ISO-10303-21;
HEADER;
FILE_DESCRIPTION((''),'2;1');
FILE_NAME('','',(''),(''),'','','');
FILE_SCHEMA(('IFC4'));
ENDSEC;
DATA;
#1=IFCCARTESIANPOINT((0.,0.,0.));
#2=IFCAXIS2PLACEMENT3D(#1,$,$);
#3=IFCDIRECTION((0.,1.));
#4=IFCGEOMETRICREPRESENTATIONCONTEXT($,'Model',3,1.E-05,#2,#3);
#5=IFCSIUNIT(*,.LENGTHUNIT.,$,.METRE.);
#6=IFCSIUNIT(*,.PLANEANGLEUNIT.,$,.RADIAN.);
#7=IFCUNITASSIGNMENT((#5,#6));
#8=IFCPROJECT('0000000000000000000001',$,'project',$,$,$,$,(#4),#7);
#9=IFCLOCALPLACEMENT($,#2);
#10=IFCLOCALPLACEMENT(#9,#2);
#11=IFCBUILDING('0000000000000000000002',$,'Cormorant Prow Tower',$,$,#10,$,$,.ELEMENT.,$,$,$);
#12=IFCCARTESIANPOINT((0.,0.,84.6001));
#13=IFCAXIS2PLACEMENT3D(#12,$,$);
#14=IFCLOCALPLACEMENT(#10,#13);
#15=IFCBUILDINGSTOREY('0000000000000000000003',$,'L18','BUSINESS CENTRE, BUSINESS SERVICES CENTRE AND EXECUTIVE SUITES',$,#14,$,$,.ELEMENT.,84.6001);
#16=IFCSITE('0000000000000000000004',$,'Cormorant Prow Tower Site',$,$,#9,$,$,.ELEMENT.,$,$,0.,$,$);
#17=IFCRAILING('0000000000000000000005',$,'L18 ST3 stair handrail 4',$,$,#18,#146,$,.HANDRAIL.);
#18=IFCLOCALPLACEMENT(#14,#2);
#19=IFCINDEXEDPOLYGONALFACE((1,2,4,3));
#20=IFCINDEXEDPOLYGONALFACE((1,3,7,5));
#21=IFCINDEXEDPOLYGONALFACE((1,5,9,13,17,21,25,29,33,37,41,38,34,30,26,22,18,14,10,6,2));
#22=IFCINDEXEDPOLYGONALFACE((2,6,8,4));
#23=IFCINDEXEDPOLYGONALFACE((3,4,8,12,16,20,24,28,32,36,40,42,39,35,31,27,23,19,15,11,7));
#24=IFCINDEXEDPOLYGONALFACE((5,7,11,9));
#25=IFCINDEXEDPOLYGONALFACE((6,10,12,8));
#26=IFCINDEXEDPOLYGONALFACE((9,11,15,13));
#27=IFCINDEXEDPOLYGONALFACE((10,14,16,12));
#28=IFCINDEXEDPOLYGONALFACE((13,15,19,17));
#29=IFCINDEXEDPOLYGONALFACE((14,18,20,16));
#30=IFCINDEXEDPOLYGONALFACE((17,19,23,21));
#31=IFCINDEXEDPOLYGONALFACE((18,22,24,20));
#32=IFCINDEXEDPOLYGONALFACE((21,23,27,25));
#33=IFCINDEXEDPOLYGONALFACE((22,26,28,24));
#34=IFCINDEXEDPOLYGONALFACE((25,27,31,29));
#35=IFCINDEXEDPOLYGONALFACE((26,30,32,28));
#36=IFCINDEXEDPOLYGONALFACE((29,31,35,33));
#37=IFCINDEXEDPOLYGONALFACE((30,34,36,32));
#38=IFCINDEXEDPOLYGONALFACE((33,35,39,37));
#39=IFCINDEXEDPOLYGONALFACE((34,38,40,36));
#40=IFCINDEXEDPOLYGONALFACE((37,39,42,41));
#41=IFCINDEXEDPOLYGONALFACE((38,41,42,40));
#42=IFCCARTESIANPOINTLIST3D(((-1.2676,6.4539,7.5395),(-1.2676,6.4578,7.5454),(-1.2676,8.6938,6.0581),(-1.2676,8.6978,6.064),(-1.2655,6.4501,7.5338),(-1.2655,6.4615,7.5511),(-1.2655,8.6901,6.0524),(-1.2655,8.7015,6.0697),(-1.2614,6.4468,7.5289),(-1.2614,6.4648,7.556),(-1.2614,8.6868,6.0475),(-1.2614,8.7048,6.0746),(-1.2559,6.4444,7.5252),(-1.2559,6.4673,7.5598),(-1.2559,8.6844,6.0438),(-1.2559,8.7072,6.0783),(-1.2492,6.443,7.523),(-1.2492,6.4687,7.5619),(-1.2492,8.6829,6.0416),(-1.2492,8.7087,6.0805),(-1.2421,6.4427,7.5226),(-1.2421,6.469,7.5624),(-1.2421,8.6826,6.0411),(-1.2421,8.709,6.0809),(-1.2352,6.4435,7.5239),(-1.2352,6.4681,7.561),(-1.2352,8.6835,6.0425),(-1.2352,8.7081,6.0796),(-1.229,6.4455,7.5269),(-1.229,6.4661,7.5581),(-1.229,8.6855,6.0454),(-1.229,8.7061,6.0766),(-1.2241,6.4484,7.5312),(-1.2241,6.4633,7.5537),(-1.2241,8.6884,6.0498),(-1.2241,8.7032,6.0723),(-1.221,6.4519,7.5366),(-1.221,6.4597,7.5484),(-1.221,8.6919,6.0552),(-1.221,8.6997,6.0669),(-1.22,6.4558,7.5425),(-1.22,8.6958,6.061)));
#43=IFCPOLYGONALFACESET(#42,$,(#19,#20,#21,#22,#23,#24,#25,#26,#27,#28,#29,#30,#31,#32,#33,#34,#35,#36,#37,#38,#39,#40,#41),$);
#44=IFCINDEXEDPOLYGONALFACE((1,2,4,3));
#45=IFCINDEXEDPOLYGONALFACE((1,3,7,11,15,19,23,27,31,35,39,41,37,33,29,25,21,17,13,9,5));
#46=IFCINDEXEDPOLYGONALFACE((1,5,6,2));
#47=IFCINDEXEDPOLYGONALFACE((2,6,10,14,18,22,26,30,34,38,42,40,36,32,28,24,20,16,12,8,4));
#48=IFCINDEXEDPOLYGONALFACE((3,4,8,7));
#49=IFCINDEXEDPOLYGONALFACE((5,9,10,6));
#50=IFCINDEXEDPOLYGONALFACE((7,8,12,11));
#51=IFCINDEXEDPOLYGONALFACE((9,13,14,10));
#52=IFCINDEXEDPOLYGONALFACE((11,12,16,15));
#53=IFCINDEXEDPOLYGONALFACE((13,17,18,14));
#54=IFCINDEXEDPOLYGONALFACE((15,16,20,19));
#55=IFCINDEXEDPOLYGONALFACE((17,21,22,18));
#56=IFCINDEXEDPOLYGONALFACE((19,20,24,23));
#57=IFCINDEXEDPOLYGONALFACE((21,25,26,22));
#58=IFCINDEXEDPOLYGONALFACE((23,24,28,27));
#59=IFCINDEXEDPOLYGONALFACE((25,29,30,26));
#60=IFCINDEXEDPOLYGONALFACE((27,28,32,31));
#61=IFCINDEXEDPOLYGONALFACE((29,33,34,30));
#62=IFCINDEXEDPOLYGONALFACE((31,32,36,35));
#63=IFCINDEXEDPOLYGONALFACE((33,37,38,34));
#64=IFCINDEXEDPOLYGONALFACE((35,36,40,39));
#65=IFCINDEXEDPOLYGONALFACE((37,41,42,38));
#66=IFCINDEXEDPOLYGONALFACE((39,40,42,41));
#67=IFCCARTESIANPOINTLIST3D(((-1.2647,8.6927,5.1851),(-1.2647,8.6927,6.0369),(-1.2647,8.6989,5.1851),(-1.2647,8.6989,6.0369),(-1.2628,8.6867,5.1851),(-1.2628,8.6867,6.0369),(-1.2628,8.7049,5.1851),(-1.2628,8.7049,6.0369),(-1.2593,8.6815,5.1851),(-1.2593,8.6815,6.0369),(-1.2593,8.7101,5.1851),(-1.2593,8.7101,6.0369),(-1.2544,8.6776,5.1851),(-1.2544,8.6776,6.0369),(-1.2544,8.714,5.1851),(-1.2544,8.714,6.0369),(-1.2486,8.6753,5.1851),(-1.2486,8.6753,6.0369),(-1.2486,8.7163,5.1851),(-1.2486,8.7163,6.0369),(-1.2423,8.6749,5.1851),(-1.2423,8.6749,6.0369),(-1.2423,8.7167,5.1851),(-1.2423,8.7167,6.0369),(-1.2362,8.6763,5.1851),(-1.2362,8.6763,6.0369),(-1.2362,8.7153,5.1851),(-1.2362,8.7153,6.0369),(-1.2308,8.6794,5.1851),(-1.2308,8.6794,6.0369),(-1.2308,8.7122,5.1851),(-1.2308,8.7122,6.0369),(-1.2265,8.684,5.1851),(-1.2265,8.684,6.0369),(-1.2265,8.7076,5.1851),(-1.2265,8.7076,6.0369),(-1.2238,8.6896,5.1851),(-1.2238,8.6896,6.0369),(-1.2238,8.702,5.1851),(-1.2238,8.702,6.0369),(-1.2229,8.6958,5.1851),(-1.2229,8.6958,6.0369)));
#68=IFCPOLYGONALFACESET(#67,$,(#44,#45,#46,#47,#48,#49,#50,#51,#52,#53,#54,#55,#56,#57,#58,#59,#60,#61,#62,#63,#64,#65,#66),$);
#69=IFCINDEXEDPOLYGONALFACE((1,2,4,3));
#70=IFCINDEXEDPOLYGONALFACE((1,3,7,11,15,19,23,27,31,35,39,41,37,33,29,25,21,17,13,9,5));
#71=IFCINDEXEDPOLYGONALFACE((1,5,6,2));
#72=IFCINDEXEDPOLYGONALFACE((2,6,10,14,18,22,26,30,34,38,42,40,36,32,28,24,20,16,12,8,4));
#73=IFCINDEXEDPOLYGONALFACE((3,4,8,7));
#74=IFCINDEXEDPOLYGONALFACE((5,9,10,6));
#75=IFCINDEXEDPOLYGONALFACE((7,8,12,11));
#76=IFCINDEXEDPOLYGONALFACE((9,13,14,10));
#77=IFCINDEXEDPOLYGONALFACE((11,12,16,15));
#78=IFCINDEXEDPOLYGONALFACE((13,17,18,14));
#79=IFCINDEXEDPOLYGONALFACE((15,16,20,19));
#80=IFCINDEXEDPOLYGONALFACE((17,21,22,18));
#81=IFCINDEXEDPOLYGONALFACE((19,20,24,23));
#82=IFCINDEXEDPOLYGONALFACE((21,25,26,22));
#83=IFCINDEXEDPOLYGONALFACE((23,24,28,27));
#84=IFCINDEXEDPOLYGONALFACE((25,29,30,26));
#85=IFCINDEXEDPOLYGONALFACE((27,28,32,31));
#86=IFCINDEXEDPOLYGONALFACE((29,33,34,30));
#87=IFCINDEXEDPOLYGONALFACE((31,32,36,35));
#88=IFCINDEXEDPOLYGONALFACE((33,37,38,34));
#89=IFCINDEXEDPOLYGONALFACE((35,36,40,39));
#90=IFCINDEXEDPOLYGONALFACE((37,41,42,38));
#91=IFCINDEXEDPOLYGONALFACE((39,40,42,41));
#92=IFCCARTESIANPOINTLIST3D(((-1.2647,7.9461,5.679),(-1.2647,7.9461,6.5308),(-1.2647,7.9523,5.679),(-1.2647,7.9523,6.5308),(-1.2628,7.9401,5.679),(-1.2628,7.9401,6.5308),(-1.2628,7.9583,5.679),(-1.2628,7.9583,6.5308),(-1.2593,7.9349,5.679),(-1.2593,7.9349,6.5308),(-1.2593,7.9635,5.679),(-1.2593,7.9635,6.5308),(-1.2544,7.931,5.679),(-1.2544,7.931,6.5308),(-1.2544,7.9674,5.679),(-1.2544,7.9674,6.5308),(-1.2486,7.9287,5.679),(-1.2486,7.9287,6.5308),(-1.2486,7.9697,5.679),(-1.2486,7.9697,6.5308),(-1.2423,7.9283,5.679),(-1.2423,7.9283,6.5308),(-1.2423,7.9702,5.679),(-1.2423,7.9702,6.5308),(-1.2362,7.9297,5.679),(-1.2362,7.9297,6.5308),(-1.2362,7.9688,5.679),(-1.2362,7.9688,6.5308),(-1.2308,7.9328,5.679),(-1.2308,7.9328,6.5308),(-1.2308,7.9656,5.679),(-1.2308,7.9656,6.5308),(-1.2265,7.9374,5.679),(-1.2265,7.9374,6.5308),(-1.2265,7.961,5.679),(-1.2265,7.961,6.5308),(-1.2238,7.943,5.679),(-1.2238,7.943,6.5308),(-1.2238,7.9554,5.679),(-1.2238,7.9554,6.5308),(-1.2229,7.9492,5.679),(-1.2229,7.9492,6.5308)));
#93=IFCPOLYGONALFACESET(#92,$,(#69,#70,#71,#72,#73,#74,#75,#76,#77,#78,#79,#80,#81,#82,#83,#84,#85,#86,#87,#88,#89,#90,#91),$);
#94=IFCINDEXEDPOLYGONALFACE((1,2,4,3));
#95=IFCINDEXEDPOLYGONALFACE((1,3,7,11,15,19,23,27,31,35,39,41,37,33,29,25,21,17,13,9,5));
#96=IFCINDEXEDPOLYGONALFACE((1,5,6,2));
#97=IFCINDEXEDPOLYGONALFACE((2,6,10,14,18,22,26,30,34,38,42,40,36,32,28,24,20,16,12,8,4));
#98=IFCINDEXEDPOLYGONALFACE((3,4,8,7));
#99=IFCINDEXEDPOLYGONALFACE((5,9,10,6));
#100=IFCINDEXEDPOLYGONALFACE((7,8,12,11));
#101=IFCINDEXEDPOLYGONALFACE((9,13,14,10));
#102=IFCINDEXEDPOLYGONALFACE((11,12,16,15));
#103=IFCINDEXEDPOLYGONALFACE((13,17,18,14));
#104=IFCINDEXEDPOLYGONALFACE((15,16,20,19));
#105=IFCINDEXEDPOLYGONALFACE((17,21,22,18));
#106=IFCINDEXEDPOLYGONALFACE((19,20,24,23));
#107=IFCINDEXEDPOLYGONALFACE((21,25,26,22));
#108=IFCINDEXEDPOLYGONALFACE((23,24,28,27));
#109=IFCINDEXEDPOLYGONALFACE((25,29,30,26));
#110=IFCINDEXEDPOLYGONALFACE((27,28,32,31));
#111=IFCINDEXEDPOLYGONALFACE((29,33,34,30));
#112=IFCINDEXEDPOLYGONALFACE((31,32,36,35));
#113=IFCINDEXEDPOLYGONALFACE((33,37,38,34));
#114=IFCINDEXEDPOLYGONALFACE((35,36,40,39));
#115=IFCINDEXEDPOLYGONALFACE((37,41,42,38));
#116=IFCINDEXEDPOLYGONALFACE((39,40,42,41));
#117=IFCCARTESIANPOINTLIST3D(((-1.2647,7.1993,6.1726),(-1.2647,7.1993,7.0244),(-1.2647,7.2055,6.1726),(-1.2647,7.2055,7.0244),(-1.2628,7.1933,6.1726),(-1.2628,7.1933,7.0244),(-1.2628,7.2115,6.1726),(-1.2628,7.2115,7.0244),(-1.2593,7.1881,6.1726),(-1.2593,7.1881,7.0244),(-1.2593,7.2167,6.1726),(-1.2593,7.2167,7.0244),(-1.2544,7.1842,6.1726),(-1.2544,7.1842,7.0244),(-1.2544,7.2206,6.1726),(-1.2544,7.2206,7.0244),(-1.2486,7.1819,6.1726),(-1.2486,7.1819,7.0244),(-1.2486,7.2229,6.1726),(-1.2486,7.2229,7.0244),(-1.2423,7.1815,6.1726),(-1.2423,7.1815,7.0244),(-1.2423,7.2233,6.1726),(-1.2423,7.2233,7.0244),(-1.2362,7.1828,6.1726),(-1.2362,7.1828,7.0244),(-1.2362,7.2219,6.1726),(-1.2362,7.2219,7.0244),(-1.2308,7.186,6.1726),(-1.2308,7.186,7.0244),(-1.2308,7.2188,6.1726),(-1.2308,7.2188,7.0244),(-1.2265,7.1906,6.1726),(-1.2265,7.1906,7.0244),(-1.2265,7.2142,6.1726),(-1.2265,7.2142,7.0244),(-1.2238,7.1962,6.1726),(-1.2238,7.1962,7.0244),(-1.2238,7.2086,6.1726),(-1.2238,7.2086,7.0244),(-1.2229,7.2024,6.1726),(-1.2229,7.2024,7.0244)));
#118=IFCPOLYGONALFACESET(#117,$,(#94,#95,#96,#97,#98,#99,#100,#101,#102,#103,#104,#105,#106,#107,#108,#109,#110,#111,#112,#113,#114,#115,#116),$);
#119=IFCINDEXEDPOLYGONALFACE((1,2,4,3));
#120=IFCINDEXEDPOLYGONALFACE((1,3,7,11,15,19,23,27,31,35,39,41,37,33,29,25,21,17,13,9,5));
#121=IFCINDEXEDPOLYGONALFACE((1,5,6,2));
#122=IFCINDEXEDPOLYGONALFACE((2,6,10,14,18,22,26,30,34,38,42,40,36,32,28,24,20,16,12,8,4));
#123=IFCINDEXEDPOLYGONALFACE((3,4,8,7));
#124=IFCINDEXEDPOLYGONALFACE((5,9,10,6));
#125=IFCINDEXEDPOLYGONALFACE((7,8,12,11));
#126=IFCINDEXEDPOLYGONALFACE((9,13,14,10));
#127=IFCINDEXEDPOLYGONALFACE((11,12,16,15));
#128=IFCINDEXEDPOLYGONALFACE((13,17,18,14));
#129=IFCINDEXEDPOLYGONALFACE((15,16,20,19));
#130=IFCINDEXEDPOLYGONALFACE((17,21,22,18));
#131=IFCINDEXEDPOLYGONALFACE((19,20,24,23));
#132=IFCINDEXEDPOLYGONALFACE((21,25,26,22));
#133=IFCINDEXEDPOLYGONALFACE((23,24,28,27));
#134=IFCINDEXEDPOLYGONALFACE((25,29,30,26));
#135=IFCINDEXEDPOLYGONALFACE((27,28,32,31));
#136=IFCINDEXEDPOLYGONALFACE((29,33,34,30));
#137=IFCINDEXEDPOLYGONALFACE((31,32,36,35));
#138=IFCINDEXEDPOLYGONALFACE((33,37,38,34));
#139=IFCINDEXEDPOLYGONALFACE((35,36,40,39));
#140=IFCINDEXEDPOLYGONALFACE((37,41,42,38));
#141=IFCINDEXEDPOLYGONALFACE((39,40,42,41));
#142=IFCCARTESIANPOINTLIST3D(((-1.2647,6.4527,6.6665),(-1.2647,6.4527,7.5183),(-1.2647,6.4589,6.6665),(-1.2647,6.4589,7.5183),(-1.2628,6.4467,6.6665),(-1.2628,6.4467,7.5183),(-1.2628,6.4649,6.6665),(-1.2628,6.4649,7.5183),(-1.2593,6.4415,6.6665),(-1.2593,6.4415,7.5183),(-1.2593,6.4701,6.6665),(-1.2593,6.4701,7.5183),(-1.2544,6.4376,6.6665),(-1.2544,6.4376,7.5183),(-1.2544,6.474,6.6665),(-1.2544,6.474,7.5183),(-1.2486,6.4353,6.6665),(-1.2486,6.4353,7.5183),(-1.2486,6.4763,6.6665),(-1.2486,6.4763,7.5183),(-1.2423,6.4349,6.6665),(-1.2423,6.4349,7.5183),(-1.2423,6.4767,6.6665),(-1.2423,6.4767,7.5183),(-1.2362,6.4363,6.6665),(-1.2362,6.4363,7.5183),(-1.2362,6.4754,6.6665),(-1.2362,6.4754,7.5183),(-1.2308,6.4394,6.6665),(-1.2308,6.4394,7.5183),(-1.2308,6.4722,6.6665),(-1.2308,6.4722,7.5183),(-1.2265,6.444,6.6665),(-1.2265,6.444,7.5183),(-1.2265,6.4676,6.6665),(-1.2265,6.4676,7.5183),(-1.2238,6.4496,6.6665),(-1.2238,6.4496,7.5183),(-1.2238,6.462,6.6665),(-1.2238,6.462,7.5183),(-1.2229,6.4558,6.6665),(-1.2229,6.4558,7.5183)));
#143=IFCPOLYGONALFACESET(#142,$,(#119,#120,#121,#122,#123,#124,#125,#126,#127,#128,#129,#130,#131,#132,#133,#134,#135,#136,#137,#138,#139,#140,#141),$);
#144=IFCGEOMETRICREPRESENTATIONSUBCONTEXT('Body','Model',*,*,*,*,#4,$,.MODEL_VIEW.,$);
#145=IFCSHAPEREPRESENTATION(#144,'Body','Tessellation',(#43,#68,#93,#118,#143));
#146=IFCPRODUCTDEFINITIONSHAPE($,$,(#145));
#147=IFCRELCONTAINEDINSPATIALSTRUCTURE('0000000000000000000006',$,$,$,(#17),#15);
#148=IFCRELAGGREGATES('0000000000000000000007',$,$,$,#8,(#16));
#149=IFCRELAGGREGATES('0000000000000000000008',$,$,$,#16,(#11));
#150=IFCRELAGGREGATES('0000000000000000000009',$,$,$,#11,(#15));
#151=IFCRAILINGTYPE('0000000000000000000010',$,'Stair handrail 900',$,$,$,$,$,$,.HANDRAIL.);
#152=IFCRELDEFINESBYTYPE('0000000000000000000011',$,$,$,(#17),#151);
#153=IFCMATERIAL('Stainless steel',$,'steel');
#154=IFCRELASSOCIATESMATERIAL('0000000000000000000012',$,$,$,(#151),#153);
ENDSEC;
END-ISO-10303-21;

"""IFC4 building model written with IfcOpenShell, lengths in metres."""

from ifc_helpers import new_model, si_unit, direction, frame, origin, origin_2d, place, context, subcontext, project, spatial, circle, extrude, material, type_object, element, save


model = new_model("IFC4")

# Units and contexts
model_context = context("Model", 3, precision=1e-05, world=origin(), true_north=direction((0.0, 1.0)))
body_context = subcontext(model_context, "Body", "Model", "MODEL_VIEW")
ifc_project = project(units=[si_unit("LENGTHUNIT", "METRE"), si_unit("PLANEANGLEUNIT", "RADIAN")], contexts=[model_context])

# Site, building, storey
site_placement = place(None, origin())
site = spatial("IfcSite", under=ifc_project, at=site_placement, Name="Cormorant Prow Tower Site", CompositionType="ELEMENT", RefElevation=0.0)
building_placement = place(site_placement, origin())
building = spatial("IfcBuilding", under=site, at=building_placement, Name="Cormorant Prow Tower", CompositionType="ELEMENT")
storey_placement = place(building_placement, frame((0.0, 0.0, 84.6001)))
storey = spatial("IfcBuildingStorey", under=building, at=storey_placement, Name="L18", Description="BUSINESS CENTRE, BUSINESS SERVICES CENTRE AND EXECUTIVE SUITES", CompositionType="ELEMENT", Elevation=84.6001)

# Railing
ifc_material_1 = material(Name="Stainless steel", Category="steel")
railing_type = type_object("IfcRailingType", Name="Stair handrail 900", PredefinedType="HANDRAIL", material=ifc_material_1)
for number, where, name in (
    (1, (-1.2439, 8.6958, 5.1851), "L18 ST3 stair handrail 4"),
):
    element("IfcRailing", number, at=place(storey_placement, frame(where)), inside=storey, type_object=railing_type, Name=name, PredefinedType="HANDRAIL", context=body_context, shape_type="SweptSolid", body=[
        extrude(circle(Radius=0.0239, at=origin_2d()), frame((0.0, 0.0, 0.876), z_axis=(0.0, -0.834087, 0.551634), x_axis=(1.0, 0.0, 0.0)), (0.0, 0.0, 1.0), 2.6855),
        extrude(circle(Radius=0.021, at=origin_2d()), origin(), (0.0, 0.0, 1.0), 0.8518),
        extrude(circle(Radius=0.021, at=origin_2d()), frame((0.0, -0.7466, 0.4939)), (0.0, 0.0, 1.0), 0.8518),
        extrude(circle(Radius=0.021, at=origin_2d()), frame((0.0, -1.4934, 0.9875)), (0.0, 0.0, 1.0), 0.8518),
        extrude(circle(Radius=0.021, at=origin_2d()), frame((0.0, -2.24, 1.4814)), (0.0, 0.0, 1.0), 0.8518),
    ])

save(model, "model.ifc")
